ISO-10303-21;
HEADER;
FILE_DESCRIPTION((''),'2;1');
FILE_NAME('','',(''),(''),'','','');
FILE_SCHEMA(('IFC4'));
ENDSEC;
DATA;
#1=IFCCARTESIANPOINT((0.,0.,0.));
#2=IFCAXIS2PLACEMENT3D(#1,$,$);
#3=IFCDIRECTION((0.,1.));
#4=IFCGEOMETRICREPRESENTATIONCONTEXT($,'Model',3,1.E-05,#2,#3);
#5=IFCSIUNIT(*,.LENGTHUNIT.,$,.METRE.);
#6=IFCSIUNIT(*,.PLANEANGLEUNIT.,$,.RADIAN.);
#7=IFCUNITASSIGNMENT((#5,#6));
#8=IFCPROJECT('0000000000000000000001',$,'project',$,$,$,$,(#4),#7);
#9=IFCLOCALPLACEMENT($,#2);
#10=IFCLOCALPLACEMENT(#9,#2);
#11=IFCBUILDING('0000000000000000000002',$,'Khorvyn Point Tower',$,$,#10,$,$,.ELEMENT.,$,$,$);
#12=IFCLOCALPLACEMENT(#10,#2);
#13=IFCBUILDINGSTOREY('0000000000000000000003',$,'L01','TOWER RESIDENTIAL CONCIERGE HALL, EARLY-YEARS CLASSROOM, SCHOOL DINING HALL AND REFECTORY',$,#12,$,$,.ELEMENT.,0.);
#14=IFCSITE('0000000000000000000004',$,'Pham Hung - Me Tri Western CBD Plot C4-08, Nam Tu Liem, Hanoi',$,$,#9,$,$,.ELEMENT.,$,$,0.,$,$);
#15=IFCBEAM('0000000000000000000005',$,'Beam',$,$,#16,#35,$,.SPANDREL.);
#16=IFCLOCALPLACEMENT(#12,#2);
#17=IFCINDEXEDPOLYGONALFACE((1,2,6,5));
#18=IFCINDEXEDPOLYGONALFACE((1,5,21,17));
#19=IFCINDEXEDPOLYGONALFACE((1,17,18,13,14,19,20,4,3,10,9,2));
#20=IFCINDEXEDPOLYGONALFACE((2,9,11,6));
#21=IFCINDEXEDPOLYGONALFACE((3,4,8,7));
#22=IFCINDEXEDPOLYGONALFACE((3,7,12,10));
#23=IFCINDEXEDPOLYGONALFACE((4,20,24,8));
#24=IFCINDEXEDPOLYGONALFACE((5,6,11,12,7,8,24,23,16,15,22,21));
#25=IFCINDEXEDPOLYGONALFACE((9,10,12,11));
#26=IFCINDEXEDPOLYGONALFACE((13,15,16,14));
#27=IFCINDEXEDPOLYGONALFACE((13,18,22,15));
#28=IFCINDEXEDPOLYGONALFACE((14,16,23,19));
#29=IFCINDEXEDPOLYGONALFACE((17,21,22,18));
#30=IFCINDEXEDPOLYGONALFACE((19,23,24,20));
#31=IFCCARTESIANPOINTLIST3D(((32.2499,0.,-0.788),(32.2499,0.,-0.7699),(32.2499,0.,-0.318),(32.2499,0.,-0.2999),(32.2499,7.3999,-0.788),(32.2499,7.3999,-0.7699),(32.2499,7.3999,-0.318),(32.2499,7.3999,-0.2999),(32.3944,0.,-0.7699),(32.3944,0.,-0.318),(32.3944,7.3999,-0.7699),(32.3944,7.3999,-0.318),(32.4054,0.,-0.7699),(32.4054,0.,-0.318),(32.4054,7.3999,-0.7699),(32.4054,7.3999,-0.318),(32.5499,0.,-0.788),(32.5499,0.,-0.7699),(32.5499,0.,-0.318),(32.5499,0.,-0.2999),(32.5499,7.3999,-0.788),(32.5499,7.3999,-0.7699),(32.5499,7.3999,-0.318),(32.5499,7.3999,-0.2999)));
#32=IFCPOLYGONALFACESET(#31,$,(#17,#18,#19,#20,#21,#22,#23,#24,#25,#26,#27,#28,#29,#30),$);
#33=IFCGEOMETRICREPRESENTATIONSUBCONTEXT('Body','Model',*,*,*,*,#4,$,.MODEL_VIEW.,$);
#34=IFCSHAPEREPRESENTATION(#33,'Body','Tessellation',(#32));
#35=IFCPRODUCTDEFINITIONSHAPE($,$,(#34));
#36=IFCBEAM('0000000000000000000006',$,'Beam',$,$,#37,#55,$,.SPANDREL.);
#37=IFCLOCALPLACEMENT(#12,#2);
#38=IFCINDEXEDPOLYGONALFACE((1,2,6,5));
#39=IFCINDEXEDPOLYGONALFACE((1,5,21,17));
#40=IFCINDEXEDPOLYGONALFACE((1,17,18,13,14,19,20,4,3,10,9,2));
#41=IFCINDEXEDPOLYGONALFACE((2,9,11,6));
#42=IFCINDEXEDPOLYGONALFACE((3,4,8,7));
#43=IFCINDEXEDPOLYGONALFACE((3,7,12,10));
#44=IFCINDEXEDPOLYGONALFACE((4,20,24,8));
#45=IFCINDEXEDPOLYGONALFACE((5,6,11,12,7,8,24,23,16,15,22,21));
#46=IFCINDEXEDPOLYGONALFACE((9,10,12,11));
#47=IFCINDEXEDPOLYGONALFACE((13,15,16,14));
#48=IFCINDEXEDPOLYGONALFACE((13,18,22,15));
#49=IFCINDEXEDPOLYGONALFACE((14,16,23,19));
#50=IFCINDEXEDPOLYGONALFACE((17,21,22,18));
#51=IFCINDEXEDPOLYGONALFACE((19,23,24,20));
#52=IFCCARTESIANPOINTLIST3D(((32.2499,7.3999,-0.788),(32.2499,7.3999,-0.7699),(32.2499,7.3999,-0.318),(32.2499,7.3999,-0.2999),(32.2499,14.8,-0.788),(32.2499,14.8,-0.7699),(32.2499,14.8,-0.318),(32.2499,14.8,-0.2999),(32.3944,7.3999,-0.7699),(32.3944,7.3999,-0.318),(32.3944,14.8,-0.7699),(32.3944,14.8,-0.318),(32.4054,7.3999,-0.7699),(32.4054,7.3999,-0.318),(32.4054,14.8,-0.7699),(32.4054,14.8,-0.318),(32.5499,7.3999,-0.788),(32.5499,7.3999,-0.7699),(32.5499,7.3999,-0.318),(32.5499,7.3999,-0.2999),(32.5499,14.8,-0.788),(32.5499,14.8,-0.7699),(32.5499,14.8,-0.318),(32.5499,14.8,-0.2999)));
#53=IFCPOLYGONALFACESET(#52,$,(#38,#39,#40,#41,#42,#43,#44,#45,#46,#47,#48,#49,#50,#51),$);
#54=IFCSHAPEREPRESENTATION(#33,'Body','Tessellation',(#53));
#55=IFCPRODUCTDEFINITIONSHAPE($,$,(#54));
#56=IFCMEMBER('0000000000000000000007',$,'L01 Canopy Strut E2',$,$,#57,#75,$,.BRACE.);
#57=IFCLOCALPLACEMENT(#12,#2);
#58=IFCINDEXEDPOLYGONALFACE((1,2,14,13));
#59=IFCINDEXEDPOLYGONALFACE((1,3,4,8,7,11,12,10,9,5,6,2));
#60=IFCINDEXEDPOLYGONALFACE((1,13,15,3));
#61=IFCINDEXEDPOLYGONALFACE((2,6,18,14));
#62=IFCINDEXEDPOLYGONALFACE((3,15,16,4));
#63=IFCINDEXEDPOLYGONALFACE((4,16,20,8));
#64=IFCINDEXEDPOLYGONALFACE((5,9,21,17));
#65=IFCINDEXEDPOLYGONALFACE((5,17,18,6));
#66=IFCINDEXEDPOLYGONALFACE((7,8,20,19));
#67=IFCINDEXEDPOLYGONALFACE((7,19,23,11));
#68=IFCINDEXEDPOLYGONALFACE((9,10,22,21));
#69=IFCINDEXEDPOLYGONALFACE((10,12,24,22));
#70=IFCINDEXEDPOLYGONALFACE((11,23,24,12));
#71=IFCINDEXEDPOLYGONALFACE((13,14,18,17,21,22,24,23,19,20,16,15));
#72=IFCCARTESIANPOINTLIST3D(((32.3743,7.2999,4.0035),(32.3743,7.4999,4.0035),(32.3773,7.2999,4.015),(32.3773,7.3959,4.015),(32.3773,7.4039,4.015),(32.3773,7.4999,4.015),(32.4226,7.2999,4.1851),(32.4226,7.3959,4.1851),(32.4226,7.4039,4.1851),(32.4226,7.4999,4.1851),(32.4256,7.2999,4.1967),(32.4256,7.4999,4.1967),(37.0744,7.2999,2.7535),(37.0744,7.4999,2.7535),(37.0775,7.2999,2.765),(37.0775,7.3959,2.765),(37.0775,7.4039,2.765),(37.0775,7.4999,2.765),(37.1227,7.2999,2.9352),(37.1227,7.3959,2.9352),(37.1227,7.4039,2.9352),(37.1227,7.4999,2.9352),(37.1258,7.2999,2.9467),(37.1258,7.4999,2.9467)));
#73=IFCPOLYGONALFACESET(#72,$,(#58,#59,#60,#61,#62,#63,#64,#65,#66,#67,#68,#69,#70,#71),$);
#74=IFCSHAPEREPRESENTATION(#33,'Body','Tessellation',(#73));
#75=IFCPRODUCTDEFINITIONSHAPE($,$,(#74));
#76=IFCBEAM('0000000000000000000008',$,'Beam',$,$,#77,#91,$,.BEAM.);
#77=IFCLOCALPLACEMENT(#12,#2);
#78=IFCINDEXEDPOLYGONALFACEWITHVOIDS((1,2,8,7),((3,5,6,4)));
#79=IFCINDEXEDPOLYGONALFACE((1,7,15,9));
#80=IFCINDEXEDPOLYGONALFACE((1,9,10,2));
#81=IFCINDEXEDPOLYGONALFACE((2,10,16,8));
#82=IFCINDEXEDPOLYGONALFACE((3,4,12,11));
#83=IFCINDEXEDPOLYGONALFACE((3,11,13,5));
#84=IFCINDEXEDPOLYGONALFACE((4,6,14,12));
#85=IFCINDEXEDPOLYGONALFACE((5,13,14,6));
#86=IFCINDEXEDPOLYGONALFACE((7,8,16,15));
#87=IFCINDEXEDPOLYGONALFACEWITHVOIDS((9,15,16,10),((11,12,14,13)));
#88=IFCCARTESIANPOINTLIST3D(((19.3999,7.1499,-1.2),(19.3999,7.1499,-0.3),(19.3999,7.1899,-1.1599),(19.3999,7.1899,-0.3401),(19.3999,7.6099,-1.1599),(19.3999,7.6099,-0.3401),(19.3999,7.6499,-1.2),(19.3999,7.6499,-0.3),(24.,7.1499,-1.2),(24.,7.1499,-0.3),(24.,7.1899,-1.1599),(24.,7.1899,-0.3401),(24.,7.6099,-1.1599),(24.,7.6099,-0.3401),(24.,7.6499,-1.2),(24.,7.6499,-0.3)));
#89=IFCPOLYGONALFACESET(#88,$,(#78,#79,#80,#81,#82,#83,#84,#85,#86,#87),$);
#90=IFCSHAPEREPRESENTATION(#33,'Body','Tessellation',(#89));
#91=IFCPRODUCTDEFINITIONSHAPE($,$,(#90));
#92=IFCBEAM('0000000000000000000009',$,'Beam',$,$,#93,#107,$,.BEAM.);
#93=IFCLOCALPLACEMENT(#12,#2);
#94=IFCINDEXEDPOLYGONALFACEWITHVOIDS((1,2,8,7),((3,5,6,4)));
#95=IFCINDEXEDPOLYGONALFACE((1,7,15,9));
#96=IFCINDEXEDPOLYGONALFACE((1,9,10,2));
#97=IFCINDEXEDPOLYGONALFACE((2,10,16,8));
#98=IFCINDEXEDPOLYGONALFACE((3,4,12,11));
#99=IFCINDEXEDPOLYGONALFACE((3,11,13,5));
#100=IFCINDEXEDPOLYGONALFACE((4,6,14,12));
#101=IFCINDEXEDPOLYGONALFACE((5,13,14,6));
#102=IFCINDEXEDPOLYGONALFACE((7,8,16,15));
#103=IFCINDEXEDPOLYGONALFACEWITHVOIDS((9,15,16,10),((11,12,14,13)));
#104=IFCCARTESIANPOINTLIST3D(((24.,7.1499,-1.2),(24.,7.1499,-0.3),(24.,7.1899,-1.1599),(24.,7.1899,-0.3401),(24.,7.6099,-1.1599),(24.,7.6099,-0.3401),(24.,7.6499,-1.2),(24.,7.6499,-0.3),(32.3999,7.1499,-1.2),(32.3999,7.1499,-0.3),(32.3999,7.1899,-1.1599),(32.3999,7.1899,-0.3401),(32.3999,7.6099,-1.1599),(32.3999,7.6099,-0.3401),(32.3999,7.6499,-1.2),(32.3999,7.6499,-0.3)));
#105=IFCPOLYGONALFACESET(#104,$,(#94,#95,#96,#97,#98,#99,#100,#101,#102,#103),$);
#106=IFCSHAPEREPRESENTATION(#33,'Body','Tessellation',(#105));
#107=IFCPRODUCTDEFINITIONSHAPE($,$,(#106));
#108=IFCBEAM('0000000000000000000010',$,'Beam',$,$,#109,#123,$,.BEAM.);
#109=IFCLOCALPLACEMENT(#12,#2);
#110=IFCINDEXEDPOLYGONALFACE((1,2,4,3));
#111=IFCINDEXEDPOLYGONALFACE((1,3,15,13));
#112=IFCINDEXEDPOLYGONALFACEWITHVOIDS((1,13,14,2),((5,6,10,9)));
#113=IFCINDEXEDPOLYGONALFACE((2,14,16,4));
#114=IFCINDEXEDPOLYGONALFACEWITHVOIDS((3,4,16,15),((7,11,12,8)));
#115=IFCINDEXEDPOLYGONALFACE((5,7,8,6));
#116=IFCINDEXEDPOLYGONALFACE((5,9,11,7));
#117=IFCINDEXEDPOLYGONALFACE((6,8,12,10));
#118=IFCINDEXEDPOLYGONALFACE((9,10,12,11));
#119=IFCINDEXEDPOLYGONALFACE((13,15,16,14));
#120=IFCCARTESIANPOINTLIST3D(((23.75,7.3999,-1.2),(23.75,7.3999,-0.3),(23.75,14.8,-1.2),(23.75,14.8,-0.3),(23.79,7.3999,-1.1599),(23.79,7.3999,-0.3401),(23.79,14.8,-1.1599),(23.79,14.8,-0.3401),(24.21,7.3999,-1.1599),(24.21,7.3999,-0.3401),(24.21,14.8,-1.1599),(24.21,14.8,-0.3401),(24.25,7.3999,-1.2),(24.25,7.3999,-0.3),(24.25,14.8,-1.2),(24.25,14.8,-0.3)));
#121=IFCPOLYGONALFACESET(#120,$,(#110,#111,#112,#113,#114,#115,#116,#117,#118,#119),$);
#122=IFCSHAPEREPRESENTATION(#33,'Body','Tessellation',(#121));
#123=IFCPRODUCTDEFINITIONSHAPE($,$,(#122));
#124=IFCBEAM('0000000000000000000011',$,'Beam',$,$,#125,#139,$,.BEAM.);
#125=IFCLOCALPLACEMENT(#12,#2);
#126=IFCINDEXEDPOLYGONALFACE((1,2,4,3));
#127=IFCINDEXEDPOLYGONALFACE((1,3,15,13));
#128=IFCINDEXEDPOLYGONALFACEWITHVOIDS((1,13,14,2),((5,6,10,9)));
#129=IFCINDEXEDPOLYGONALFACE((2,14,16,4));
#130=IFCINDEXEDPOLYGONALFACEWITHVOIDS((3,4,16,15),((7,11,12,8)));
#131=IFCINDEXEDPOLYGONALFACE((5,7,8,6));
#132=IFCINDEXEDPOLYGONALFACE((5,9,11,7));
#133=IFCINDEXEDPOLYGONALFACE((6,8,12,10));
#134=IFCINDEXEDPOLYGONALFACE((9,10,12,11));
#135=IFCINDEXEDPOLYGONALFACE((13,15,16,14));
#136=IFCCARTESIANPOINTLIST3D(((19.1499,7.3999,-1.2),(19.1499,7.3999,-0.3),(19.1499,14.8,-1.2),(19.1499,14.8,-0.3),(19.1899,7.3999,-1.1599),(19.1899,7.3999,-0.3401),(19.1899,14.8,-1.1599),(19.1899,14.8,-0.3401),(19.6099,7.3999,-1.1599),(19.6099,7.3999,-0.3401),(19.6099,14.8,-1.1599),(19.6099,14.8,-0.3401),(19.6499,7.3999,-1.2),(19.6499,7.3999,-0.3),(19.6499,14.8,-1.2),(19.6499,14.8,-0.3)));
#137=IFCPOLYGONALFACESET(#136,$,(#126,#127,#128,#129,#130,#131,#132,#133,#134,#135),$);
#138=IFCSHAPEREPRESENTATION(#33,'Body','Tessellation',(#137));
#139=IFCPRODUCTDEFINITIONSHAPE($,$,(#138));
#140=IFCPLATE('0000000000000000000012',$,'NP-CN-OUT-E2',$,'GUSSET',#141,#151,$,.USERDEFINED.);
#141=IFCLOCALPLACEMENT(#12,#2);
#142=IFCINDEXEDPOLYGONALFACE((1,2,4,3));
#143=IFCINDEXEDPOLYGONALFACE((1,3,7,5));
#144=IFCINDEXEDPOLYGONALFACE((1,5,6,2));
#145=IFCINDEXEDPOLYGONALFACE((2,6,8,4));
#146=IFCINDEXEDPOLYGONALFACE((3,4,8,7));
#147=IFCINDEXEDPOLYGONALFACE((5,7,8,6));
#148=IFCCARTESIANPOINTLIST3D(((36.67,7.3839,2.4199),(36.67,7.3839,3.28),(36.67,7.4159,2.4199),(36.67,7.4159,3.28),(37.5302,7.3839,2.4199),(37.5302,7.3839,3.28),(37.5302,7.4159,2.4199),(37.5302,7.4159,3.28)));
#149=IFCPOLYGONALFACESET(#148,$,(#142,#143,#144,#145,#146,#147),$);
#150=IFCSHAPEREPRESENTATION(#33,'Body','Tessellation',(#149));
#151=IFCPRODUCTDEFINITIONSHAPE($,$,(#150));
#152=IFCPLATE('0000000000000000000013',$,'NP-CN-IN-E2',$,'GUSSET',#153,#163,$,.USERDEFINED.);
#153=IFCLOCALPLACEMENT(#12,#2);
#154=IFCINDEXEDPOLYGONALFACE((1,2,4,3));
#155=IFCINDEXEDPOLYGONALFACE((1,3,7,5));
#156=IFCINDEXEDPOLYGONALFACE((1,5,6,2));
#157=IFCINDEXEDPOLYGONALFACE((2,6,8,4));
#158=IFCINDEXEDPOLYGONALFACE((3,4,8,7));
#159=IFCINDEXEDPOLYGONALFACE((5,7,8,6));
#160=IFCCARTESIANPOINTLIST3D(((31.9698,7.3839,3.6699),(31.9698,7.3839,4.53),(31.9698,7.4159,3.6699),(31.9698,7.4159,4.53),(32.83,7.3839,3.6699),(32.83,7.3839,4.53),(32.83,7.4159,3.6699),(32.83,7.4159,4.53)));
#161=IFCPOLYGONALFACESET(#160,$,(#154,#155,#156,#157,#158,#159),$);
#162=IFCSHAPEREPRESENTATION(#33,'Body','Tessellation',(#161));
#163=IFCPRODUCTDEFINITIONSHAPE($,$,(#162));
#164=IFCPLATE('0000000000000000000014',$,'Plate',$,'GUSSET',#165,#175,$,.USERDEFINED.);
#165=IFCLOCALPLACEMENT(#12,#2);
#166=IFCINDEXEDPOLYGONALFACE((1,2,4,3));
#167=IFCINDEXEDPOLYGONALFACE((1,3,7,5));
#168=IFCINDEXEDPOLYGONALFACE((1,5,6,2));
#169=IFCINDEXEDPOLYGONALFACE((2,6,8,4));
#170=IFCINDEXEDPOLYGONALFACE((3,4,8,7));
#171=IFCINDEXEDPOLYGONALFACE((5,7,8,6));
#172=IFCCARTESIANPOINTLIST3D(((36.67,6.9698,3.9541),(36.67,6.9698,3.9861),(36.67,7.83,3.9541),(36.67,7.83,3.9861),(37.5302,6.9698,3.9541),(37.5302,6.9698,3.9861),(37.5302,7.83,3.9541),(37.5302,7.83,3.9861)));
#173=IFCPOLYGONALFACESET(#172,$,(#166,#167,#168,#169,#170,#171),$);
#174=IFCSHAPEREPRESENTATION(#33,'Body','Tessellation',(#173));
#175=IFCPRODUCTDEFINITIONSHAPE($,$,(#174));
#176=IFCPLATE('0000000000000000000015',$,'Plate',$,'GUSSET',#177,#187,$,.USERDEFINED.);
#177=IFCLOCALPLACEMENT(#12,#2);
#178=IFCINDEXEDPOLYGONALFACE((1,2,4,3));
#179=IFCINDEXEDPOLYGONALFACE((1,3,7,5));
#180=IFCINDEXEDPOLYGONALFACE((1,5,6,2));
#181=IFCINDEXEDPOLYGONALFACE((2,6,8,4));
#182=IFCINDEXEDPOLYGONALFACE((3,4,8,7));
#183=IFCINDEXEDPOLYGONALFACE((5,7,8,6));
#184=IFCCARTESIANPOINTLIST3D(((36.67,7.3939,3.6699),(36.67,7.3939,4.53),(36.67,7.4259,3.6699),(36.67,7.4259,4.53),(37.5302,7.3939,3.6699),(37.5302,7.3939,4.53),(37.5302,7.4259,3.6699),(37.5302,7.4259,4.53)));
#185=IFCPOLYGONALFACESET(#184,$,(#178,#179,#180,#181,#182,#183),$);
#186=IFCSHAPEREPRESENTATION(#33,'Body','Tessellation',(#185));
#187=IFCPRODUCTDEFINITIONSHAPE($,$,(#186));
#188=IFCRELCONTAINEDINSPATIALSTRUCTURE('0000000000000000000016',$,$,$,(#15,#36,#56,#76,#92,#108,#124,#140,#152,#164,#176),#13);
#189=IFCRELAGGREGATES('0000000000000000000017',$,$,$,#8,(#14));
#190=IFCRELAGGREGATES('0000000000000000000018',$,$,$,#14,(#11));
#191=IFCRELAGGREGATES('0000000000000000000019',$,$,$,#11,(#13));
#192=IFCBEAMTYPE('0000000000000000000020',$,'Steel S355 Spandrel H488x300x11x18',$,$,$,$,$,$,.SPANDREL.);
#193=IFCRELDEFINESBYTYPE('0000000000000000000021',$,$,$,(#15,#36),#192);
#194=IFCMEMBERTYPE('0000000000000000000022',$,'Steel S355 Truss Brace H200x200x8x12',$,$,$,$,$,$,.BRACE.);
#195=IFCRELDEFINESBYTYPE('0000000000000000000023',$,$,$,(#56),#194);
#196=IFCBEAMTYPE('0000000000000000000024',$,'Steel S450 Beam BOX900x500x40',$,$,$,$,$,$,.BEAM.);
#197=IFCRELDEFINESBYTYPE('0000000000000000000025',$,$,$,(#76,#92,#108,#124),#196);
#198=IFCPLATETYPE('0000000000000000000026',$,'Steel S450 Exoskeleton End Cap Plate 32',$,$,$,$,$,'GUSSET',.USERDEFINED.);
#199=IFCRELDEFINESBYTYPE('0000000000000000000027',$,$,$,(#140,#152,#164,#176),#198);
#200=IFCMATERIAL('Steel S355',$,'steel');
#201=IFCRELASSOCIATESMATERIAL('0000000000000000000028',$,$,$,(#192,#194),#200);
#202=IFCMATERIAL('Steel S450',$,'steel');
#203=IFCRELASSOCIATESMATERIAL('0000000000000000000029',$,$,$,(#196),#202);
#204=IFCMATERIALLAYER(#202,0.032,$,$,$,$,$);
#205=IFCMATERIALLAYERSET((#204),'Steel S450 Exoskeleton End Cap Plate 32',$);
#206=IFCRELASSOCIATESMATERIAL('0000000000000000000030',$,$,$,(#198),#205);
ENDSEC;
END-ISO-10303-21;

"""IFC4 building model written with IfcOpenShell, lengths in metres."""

from ifc_helpers import new_model, si_unit, direction, frame, origin, origin_2d, place, context, subcontext, project, spatial, rectangle, hollow_rectangle, i_section, extrude, material, layer, layer_set, material_profile, profile_set, type_object, element, save


model = new_model("IFC4")

# Units and contexts
model_context = context("Model", 3, precision=1e-05, world=origin(), true_north=direction((0.0, 1.0)))
body_context = subcontext(model_context, "Body", "Model", "MODEL_VIEW")
ifc_project = project(units=[si_unit("LENGTHUNIT", "METRE"), si_unit("PLANEANGLEUNIT", "RADIAN")], contexts=[model_context])

# Site, building, storey
site_placement = place(None, origin())
site = spatial("IfcSite", under=ifc_project, at=site_placement, Name="Pham Hung - Me Tri Western CBD Plot C4-08, Nam Tu Liem, Hanoi", CompositionType="ELEMENT", RefElevation=0.0)
building_placement = place(site_placement, origin())
building = spatial("IfcBuilding", under=site, at=building_placement, Name="Khorvyn Point Tower", CompositionType="ELEMENT")
storey_placement = place(building_placement, origin())
storey = spatial("IfcBuildingStorey", under=building, at=storey_placement, Name="L01", Description="TOWER RESIDENTIAL CONCIERGE HALL, EARLY-YEARS CLASSROOM, SCHOOL DINING HALL AND REFECTORY", CompositionType="ELEMENT", Elevation=0.0)

# Shared definitions
ifc_material_1 = material(Name="Steel S355", Category="steel")

# Beams
ifc_material_profile_1 = material_profile(ifc_material_1, i_section(OverallWidth=0.3, OverallDepth=0.488, WebThickness=0.011, FlangeThickness=0.0181, at=origin_2d()))
ifc_profile_set_1 = profile_set([ifc_material_profile_1], Name="Steel S355 H488x300x11x18")
beam_type_1 = type_object("IfcBeamType", Name="Steel S355 Spandrel H488x300x11x18", PredefinedType="SPANDREL", material=ifc_profile_set_1)
beam_1_placement = place(storey_placement, frame((32.3999, 0.0, -0.5439), z_axis=(0.0, 1.0, 0.0), x_axis=(-1.0, 0.0, 0.0)))
element("IfcBeam", 1, at=beam_1_placement, inside=storey, type_object=beam_type_1, Name="Beam", PredefinedType="SPANDREL", context=body_context, shape_type="SweptSolid", body=[
    extrude(i_section(OverallWidth=0.3, OverallDepth=0.488, WebThickness=0.011, FlangeThickness=0.0181, at=origin_2d()), origin(), (0.0, 0.0, 1.0), 7.3999),
])
beam_2_placement = place(storey_placement, frame((32.3999, 7.3999, -0.5439), z_axis=(0.0, 1.0, 0.0), x_axis=(-1.0, 0.0, 0.0)))
element("IfcBeam", 2, at=beam_2_placement, inside=storey, type_object=beam_type_1, Name="Beam", PredefinedType="SPANDREL", context=body_context, shape_type="SweptSolid", body=[
    extrude(i_section(OverallWidth=0.3, OverallDepth=0.488, WebThickness=0.011, FlangeThickness=0.0181, at=origin_2d()), origin(), (0.0, 0.0, 1.0), 7.4001),
])

# Member
ifc_material_profile_2 = material_profile(ifc_material_1, i_section(OverallWidth=0.2, OverallDepth=0.2, WebThickness=0.0081, FlangeThickness=0.012, at=origin_2d()))
ifc_profile_set_2 = profile_set([ifc_material_profile_2], Name="Steel S355 H200x200x8x12")
member_type = type_object("IfcMemberType", Name="Steel S355 Truss Brace H200x200x8x12", PredefinedType="BRACE", material=ifc_profile_set_2)
member_placement = place(storey_placement, frame((37.1001, 7.3999, 2.8501), z_axis=(-0.966408, 0.0, 0.257013), x_axis=(0.0, -1.0, 0.0)))
element("IfcMember", 3, at=member_placement, inside=storey, type_object=member_type, Name="L01 Canopy Strut E2", PredefinedType="BRACE", context=body_context, shape_type="SweptSolid", body=[
    extrude(i_section(OverallWidth=0.2, OverallDepth=0.2, WebThickness=0.0081, FlangeThickness=0.012, at=origin_2d()), origin(), (0.0, 0.0, 1.0), 4.8635),
])

# Beams
ifc_material_2 = material(Name="Steel S450", Category="steel")
ifc_material_profile_3 = material_profile(ifc_material_2, hollow_rectangle(XDim=0.5, YDim=0.8999, WallThickness=0.04, at=origin_2d()))
ifc_profile_set_3 = profile_set([ifc_material_profile_3], Name="Steel S450 BOX900x500x40")
beam_type_2 = type_object("IfcBeamType", Name="Steel S450 Beam BOX900x500x40", PredefinedType="BEAM", material=ifc_profile_set_3)
beam_3_placement = place(storey_placement, frame((19.3999, 7.3999, -0.75), z_axis=(1.0, 0.0, 0.0), x_axis=(0.0, 1.0, 0.0)))
element("IfcBeam", 4, at=beam_3_placement, inside=storey, type_object=beam_type_2, Name="Beam", PredefinedType="BEAM", context=body_context, shape_type="SweptSolid", body=[
    extrude(hollow_rectangle(XDim=0.5, YDim=0.8999, WallThickness=0.04, at=origin_2d()), origin(), (0.0, 0.0, 1.0), 4.6001),
])
beam_4_placement = place(storey_placement, frame((24.0, 7.3999, -0.75), z_axis=(1.0, 0.0, 0.0), x_axis=(0.0, 1.0, 0.0)))
element("IfcBeam", 5, at=beam_4_placement, inside=storey, type_object=beam_type_2, Name="Beam", PredefinedType="BEAM", context=body_context, shape_type="SweptSolid", body=[
    extrude(hollow_rectangle(XDim=0.5, YDim=0.8999, WallThickness=0.04, at=origin_2d()), origin(), (0.0, 0.0, 1.0), 8.3999),
])
for number, where, z_axis, x_axis, name in (
    (6, (24.0, 7.3999, -0.75), (0.0, 1.0, 0.0), (-1.0, 0.0, 0.0), "Beam"),
    (7, (19.3999, 7.3999, -0.75), (0.0, 1.0, 0.0), (-1.0, 0.0, 0.0), "Beam"),
):
    element("IfcBeam", number, at=place(storey_placement, frame(where, z_axis=z_axis, x_axis=x_axis)), inside=storey, type_object=beam_type_2, Name=name, PredefinedType="BEAM", context=body_context, shape_type="SweptSolid", body=[
        extrude(hollow_rectangle(XDim=0.5, YDim=0.8999, WallThickness=0.04, at=origin_2d()), origin(), (0.0, 0.0, 1.0), 7.4001),
    ])

# Plates
ifc_layer_1 = layer(ifc_material_2, 0.032)
ifc_layer_set_1 = layer_set([ifc_layer_1], Name="Steel S450 Exoskeleton End Cap Plate 32")
plate_type = type_object("IfcPlateType", Name="Steel S450 Exoskeleton End Cap Plate 32", ElementType="GUSSET", PredefinedType="USERDEFINED", material=ifc_layer_set_1)
for number, where, z_axis, x_axis, name in (
    (8, (37.1001, 7.3999, 2.4199), (0.0, 0.0, 1.0), (1.0, 0.0, 0.0), "NP-CN-OUT-E2"),
    (9, (32.3999, 7.3999, 3.6699), (0.0, 0.0, 1.0), (1.0, 0.0, 0.0), "NP-CN-IN-E2"),
):
    element("IfcPlate", number, at=place(storey_placement, frame(where, z_axis=z_axis, x_axis=x_axis)), inside=storey, type_object=plate_type, Name=name, ObjectType="GUSSET", PredefinedType="USERDEFINED", context=body_context, shape_type="SweptSolid", body=[
        extrude(rectangle(XDim=0.8601, YDim=0.032, at=origin_2d()), origin(), (0.0, 0.0, 1.0), 0.8601),
    ])
plate_1_placement = place(storey_placement, frame((37.1001, 7.3999, 3.9541), z_axis=(0.0, 0.0, 1.0), x_axis=(1.0, 0.0, 0.0)))
element("IfcPlate", 10, at=plate_1_placement, inside=storey, type_object=plate_type, Name="Plate", ObjectType="GUSSET", PredefinedType="USERDEFINED", context=body_context, shape_type="SweptSolid", body=[
    extrude(rectangle(XDim=0.8601, YDim=0.8601, at=origin_2d()), origin(), (0.0, 0.0, 1.0), 0.032),
])
plate_2_placement = place(storey_placement, frame((37.1001, 7.4099, 3.6699), z_axis=(0.0, 0.0, 1.0), x_axis=(1.0, 0.0, 0.0)))
element("IfcPlate", 11, at=plate_2_placement, inside=storey, type_object=plate_type, Name="Plate", ObjectType="GUSSET", PredefinedType="USERDEFINED", context=body_context, shape_type="SweptSolid", body=[
    extrude(rectangle(XDim=0.8601, YDim=0.032, at=origin_2d()), origin(), (0.0, 0.0, 1.0), 0.8601),
])

save(model, "model.ifc")
